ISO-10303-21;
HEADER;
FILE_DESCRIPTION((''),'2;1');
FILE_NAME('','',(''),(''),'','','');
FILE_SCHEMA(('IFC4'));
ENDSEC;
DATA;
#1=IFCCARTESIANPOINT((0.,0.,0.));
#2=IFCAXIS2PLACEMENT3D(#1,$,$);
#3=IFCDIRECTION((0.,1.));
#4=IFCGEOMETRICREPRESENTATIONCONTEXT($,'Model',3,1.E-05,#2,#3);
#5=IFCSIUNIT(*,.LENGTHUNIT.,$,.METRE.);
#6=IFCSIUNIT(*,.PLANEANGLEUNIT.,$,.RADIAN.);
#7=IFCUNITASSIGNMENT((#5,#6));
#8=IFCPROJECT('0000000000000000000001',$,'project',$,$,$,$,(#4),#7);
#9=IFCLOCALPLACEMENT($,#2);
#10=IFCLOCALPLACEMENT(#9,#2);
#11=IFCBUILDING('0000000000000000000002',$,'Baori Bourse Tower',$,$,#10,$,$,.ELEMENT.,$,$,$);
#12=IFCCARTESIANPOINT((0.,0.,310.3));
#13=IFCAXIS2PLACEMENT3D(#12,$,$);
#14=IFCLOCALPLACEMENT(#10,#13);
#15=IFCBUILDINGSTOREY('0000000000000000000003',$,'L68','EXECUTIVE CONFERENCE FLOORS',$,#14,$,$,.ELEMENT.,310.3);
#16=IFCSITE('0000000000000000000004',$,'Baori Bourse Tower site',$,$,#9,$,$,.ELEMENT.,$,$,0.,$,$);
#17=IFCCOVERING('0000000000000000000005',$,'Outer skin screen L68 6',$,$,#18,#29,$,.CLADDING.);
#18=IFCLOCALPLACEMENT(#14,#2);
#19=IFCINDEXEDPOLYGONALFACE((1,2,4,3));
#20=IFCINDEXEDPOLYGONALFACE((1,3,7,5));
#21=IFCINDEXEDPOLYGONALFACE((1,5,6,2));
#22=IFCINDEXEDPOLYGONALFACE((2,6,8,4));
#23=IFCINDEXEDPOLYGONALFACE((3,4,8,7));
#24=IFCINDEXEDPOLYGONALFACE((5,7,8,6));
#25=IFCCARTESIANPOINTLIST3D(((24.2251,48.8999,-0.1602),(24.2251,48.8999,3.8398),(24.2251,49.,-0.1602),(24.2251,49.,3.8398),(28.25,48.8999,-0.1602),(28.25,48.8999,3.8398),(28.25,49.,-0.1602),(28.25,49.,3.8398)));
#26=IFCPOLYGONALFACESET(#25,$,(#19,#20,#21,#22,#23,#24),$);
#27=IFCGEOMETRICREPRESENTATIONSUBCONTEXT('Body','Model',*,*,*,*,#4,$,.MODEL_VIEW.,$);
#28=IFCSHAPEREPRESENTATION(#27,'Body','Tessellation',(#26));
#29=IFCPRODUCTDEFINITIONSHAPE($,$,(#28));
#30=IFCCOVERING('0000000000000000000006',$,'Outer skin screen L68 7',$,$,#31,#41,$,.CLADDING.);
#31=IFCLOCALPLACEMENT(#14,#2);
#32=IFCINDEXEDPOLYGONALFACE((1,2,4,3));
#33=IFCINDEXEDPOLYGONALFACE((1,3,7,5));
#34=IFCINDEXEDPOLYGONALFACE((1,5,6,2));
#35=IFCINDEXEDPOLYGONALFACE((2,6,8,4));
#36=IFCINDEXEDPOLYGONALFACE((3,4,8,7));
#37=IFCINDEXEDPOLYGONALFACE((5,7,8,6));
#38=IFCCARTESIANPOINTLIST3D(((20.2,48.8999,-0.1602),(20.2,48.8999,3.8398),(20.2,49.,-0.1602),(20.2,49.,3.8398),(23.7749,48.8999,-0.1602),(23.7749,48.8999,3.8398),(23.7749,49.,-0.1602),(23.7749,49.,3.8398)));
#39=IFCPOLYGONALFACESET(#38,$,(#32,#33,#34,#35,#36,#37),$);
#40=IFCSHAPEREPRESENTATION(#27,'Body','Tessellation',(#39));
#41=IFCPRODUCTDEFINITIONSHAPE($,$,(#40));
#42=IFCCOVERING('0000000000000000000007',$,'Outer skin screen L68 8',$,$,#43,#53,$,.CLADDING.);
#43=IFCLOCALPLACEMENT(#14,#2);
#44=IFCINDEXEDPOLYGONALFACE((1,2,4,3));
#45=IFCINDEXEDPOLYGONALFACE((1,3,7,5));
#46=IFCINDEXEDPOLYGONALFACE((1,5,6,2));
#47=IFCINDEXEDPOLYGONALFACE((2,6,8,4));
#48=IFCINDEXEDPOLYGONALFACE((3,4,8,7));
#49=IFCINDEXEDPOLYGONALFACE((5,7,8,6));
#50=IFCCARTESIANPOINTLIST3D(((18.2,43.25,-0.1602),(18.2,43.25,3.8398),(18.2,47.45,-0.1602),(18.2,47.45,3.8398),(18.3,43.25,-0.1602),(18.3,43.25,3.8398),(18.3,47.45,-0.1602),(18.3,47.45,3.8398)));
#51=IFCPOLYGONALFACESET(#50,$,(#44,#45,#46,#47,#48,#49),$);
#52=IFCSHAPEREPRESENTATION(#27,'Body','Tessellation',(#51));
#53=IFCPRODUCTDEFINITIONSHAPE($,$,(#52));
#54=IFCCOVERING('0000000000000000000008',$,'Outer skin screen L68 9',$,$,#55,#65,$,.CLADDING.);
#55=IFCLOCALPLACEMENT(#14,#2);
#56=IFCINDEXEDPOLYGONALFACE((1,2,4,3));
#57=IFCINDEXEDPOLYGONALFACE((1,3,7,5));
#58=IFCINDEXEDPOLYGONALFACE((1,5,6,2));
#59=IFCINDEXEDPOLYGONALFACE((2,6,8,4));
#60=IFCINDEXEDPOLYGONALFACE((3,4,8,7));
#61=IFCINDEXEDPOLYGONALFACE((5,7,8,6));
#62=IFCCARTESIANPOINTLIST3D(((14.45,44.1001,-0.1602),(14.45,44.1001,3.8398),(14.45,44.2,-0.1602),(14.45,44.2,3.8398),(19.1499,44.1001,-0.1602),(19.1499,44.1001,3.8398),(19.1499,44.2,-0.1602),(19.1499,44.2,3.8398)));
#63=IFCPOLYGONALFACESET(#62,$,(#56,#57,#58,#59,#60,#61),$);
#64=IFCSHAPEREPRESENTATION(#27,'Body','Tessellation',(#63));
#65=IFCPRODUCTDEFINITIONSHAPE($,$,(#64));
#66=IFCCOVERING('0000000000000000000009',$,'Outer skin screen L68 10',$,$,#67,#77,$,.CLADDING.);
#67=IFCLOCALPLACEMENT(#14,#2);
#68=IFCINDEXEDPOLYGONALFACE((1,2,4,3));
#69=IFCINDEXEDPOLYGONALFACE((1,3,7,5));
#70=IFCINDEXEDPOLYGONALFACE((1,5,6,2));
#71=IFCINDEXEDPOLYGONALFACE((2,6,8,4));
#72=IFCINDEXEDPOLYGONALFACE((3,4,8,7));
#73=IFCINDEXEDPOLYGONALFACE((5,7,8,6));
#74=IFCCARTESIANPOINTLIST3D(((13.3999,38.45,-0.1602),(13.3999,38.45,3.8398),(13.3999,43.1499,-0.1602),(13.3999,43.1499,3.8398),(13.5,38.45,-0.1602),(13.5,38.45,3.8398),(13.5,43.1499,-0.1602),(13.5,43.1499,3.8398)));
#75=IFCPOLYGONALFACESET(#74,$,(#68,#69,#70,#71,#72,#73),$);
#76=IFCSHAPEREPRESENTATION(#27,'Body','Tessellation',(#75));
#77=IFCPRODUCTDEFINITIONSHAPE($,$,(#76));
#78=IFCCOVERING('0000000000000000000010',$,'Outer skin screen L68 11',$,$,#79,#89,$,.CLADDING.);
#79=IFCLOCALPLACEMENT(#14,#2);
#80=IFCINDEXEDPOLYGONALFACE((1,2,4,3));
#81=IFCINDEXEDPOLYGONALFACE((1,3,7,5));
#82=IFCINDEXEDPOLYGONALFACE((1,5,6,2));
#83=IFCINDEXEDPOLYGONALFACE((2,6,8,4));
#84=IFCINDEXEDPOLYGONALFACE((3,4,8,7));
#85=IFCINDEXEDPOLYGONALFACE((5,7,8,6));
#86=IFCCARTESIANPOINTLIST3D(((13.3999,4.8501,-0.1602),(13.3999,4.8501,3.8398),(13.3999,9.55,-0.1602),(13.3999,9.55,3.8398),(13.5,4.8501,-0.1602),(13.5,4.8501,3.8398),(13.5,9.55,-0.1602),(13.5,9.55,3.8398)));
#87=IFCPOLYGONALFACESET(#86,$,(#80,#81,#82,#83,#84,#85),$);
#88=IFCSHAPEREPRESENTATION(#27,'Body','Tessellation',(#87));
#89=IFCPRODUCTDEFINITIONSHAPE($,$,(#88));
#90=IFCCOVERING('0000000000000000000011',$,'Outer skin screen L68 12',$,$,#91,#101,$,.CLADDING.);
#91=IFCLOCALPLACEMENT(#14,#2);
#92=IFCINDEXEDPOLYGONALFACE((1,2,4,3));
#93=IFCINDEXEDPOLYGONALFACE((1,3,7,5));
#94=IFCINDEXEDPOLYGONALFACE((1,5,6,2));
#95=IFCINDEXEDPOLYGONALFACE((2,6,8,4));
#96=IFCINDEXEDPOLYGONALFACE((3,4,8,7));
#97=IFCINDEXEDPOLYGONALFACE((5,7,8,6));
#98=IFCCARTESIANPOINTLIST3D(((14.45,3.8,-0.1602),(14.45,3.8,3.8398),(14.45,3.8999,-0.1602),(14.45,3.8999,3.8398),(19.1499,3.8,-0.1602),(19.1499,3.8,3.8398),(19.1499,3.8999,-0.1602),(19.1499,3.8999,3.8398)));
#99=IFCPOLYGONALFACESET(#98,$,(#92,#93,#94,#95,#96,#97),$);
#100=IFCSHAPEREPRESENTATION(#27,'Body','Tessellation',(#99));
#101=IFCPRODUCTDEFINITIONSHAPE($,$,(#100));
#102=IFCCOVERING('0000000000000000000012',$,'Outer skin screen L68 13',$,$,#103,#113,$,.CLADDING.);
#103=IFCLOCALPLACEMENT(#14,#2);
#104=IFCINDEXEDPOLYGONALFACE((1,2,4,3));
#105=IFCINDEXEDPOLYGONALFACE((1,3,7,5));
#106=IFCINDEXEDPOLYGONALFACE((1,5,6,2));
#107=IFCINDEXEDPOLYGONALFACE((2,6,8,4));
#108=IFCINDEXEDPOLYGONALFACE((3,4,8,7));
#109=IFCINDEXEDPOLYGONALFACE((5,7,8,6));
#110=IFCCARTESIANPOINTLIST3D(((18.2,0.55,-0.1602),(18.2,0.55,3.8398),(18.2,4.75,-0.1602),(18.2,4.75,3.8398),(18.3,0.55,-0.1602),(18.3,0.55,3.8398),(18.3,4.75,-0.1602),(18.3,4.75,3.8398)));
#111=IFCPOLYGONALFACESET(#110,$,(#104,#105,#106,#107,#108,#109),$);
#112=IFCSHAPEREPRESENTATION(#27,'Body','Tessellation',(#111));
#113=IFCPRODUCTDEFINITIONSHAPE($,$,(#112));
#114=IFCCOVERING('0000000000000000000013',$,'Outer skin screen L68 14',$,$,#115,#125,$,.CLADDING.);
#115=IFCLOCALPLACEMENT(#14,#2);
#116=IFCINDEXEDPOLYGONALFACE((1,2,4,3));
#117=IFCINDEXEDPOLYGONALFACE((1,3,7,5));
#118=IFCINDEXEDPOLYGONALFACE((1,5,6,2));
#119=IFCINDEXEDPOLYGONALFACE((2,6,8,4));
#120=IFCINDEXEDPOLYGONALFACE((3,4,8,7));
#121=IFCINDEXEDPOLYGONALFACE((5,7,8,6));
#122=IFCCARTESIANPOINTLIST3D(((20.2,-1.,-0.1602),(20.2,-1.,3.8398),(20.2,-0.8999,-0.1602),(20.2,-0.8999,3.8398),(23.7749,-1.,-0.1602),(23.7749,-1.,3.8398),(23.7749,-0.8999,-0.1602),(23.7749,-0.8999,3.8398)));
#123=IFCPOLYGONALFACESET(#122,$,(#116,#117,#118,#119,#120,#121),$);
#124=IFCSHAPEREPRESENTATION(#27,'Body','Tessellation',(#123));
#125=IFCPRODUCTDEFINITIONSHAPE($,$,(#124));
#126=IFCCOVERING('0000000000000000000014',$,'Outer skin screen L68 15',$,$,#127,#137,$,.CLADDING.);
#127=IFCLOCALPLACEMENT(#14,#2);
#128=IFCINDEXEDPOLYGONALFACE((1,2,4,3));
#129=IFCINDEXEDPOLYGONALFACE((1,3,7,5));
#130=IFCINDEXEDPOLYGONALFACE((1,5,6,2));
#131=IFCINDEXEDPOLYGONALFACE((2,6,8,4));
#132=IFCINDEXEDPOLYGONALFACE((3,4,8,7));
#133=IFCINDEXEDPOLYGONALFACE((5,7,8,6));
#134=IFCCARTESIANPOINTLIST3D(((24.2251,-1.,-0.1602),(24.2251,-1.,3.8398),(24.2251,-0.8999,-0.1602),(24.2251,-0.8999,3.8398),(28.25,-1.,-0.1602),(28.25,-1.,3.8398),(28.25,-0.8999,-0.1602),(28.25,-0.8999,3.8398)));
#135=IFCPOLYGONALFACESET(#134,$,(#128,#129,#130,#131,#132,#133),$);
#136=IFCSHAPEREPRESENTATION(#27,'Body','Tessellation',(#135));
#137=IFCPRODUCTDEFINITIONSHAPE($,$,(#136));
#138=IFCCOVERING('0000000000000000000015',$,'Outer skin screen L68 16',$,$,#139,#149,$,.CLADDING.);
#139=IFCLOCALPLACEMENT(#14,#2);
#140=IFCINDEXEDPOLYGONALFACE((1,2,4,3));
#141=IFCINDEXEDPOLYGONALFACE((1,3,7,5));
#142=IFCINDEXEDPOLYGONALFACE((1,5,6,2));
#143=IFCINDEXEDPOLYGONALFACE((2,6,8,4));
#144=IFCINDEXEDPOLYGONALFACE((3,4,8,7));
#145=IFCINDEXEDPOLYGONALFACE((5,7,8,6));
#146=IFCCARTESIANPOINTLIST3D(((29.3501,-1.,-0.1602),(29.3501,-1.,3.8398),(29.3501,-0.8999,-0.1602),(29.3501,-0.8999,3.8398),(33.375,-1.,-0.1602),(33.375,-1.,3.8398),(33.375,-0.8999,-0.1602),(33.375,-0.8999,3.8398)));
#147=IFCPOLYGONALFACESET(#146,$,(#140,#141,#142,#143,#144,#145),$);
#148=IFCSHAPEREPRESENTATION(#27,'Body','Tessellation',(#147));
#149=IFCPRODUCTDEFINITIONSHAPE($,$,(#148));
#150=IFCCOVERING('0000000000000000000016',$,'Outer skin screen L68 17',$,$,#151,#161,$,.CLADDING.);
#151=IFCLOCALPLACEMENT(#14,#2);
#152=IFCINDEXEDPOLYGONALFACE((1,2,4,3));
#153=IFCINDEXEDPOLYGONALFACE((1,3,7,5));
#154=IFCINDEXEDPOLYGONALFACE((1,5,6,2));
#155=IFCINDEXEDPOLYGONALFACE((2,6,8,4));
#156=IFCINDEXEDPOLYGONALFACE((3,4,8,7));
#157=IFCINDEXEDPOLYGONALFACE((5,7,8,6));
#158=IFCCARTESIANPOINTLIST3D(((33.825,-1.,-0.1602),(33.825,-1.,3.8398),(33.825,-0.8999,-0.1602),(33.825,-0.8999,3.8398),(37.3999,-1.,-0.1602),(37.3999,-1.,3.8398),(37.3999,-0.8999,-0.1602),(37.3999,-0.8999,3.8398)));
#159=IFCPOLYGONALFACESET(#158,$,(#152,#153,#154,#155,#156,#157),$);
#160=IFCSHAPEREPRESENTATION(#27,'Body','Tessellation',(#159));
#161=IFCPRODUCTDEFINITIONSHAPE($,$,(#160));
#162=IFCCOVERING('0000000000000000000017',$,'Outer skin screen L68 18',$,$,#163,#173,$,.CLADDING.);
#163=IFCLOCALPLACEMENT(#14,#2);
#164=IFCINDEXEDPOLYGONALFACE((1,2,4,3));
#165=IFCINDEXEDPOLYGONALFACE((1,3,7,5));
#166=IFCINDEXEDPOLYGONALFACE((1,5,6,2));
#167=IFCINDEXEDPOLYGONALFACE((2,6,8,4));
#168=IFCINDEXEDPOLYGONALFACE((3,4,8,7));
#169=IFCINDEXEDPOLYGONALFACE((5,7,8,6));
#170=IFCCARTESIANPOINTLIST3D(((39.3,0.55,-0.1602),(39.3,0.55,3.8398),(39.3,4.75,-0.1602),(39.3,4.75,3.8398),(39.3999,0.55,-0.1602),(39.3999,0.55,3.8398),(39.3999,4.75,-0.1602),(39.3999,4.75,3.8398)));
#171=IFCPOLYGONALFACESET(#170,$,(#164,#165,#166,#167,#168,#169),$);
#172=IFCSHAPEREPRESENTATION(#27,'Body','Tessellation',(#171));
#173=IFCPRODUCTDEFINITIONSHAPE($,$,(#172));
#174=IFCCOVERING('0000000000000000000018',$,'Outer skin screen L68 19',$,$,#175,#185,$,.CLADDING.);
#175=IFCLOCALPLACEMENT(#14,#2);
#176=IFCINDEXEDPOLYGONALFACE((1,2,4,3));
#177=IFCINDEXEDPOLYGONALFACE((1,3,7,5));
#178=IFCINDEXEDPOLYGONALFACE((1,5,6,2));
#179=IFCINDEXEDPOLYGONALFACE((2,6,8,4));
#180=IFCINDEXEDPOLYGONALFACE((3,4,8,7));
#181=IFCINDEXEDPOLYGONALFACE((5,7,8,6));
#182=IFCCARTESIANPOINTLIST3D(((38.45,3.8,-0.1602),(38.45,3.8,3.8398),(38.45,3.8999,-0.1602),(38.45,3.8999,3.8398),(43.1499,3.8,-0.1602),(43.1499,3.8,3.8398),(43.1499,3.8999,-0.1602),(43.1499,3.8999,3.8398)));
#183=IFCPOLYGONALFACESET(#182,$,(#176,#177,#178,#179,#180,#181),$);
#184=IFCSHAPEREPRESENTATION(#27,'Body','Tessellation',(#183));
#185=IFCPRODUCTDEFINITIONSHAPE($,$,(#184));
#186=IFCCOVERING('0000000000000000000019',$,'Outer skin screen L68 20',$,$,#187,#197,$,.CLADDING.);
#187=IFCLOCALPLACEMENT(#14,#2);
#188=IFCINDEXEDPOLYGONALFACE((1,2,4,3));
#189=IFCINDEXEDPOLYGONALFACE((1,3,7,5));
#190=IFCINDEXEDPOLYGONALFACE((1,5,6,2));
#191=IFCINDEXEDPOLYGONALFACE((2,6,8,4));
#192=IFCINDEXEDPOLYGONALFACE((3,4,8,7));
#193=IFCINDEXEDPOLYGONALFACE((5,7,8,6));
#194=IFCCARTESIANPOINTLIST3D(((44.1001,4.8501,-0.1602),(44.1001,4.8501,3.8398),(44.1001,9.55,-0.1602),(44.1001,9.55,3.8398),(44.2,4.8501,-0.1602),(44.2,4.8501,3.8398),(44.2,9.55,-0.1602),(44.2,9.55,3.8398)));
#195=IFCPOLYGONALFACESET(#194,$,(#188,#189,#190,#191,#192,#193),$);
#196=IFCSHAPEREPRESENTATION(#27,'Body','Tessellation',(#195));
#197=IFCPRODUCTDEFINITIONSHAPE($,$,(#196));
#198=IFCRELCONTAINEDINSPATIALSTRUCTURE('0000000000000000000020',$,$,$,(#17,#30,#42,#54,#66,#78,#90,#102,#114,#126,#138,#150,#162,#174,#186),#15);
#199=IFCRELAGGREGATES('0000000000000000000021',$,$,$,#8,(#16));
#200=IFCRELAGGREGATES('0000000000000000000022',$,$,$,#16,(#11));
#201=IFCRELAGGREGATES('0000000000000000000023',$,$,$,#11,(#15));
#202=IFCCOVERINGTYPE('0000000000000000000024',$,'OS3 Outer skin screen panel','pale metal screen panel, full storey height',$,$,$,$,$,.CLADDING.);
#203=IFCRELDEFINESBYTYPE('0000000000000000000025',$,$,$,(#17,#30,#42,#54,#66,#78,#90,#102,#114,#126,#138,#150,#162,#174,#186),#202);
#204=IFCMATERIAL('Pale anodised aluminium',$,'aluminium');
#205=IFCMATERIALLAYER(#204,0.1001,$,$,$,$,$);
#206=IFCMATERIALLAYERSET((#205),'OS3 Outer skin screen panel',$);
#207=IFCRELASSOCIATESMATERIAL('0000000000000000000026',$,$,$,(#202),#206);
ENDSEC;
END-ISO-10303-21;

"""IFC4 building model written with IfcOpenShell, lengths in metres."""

from ifc_helpers import new_model, si_unit, direction, frame, origin, place, context, subcontext, project, spatial, polyline, outline, extrude, material, layer, layer_set, type_object, element, save


model = new_model("IFC4")

# Units and contexts
model_context = context("Model", 3, precision=1e-05, world=origin(), true_north=direction((0.0, 1.0)))
body_context = subcontext(model_context, "Body", "Model", "MODEL_VIEW")
ifc_project = project(units=[si_unit("LENGTHUNIT", "METRE"), si_unit("PLANEANGLEUNIT", "RADIAN")], contexts=[model_context])

# Site, building, storey
site_placement = place(None, origin())
site = spatial("IfcSite", under=ifc_project, at=site_placement, Name="Baori Bourse Tower site", CompositionType="ELEMENT", RefElevation=0.0)
building_placement = place(site_placement, origin())
building = spatial("IfcBuilding", under=site, at=building_placement, Name="Baori Bourse Tower", CompositionType="ELEMENT")
storey_placement = place(building_placement, frame((0.0, 0.0, 310.3)))
storey = spatial("IfcBuildingStorey", under=building, at=storey_placement, Name="L68", Description="EXECUTIVE CONFERENCE FLOORS", CompositionType="ELEMENT", Elevation=310.3)

# Coverings
ifc_material_1 = material(Name="Pale anodised aluminium", Category="aluminium")
ifc_layer_1 = layer(ifc_material_1, 0.1001)
ifc_layer_set_1 = layer_set([ifc_layer_1], Name="OS3 Outer skin screen panel")
covering_type = type_object("IfcCoveringType", Name="OS3 Outer skin screen panel", Description="pale metal screen panel, full storey height", PredefinedType="CLADDING", material=ifc_layer_set_1)
covering_1_placement = place(storey_placement, frame((0.0, 0.0, -0.1602)))
element("IfcCovering", 1, at=covering_1_placement, inside=storey, type_object=covering_type, Name="Outer skin screen L68 6", PredefinedType="CLADDING", context=body_context, shape_type="SweptSolid", body=[
    extrude(outline(polyline([(24.2251, 48.8999), (28.25, 48.8999), (28.25, 49.0), (24.2251, 49.0), (24.2251, 48.8999)])), origin(), (0.0, 0.0, 1.0), 4.0),
])
covering_2_placement = place(storey_placement, frame((0.0, 0.0, -0.1602)))
element("IfcCovering", 2, at=covering_2_placement, inside=storey, type_object=covering_type, Name="Outer skin screen L68 7", PredefinedType="CLADDING", context=body_context, shape_type="SweptSolid", body=[
    extrude(outline(polyline([(20.2, 48.8999), (23.7749, 48.8999), (23.7749, 49.0), (20.2, 49.0), (20.2, 48.8999)])), origin(), (0.0, 0.0, 1.0), 4.0),
])
covering_3_placement = place(storey_placement, frame((0.0, 0.0, -0.1602)))
element("IfcCovering", 3, at=covering_3_placement, inside=storey, type_object=covering_type, Name="Outer skin screen L68 8", PredefinedType="CLADDING", context=body_context, shape_type="SweptSolid", body=[
    extrude(outline(polyline([(18.3, 43.25), (18.3, 47.45), (18.2, 47.45), (18.2, 43.25), (18.3, 43.25)])), origin(), (0.0, 0.0, 1.0), 4.0),
])
covering_4_placement = place(storey_placement, frame((0.0, 0.0, -0.1602)))
element("IfcCovering", 4, at=covering_4_placement, inside=storey, type_object=covering_type, Name="Outer skin screen L68 9", PredefinedType="CLADDING", context=body_context, shape_type="SweptSolid", body=[
    extrude(outline(polyline([(14.45, 44.1001), (19.1499, 44.1001), (19.1499, 44.2), (14.45, 44.2), (14.45, 44.1001)])), origin(), (0.0, 0.0, 1.0), 4.0),
])
covering_5_placement = place(storey_placement, frame((0.0, 0.0, -0.1602)))
element("IfcCovering", 5, at=covering_5_placement, inside=storey, type_object=covering_type, Name="Outer skin screen L68 10", PredefinedType="CLADDING", context=body_context, shape_type="SweptSolid", body=[
    extrude(outline(polyline([(13.5, 38.45), (13.5, 43.1499), (13.3999, 43.1499), (13.3999, 38.45), (13.5, 38.45)])), origin(), (0.0, 0.0, 1.0), 4.0),
])
covering_6_placement = place(storey_placement, frame((0.0, 0.0, -0.1602)))
element("IfcCovering", 6, at=covering_6_placement, inside=storey, type_object=covering_type, Name="Outer skin screen L68 11", PredefinedType="CLADDING", context=body_context, shape_type="SweptSolid", body=[
    extrude(outline(polyline([(13.5, 4.8501), (13.5, 9.55), (13.3999, 9.55), (13.3999, 4.8501), (13.5, 4.8501)])), origin(), (0.0, 0.0, 1.0), 4.0),
])
covering_7_placement = place(storey_placement, frame((0.0, 0.0, -0.1602)))
element("IfcCovering", 7, at=covering_7_placement, inside=storey, type_object=covering_type, Name="Outer skin screen L68 12", PredefinedType="CLADDING", context=body_context, shape_type="SweptSolid", body=[
    extrude(outline(polyline([(19.1499, 3.8999), (14.45, 3.8999), (14.45, 3.8), (19.1499, 3.8), (19.1499, 3.8999)])), origin(), (0.0, 0.0, 1.0), 4.0),
])
covering_8_placement = place(storey_placement, frame((0.0, 0.0, -0.1602)))
element("IfcCovering", 8, at=covering_8_placement, inside=storey, type_object=covering_type, Name="Outer skin screen L68 13", PredefinedType="CLADDING", context=body_context, shape_type="SweptSolid", body=[
    extrude(outline(polyline([(18.3, 0.55), (18.3, 4.75), (18.2, 4.75), (18.2, 0.55), (18.3, 0.55)])), origin(), (0.0, 0.0, 1.0), 4.0),
])
covering_9_placement = place(storey_placement, frame((0.0, 0.0, -0.1602)))
element("IfcCovering", 9, at=covering_9_placement, inside=storey, type_object=covering_type, Name="Outer skin screen L68 14", PredefinedType="CLADDING", context=body_context, shape_type="SweptSolid", body=[
    extrude(outline(polyline([(23.7749, -0.8999), (20.2, -0.8999), (20.2, -1.0), (23.7749, -1.0), (23.7749, -0.8999)])), origin(), (0.0, 0.0, 1.0), 4.0),
])
covering_10_placement = place(storey_placement, frame((0.0, 0.0, -0.1602)))
element("IfcCovering", 10, at=covering_10_placement, inside=storey, type_object=covering_type, Name="Outer skin screen L68 15", PredefinedType="CLADDING", context=body_context, shape_type="SweptSolid", body=[
    extrude(outline(polyline([(28.25, -0.8999), (24.2251, -0.8999), (24.2251, -1.0), (28.25, -1.0), (28.25, -0.8999)])), origin(), (0.0, 0.0, 1.0), 4.0),
])
covering_11_placement = place(storey_placement, frame((0.0, 0.0, -0.1602)))
element("IfcCovering", 11, at=covering_11_placement, inside=storey, type_object=covering_type, Name="Outer skin screen L68 16", PredefinedType="CLADDING", context=body_context, shape_type="SweptSolid", body=[
    extrude(outline(polyline([(33.375, -0.8999), (29.3501, -0.8999), (29.3501, -1.0), (33.375, -1.0), (33.375, -0.8999)])), origin(), (0.0, 0.0, 1.0), 4.0),
])
covering_12_placement = place(storey_placement, frame((0.0, 0.0, -0.1602)))
element("IfcCovering", 12, at=covering_12_placement, inside=storey, type_object=covering_type, Name="Outer skin screen L68 17", PredefinedType="CLADDING", context=body_context, shape_type="SweptSolid", body=[
    extrude(outline(polyline([(37.3999, -0.8999), (33.825, -0.8999), (33.825, -1.0), (37.3999, -1.0), (37.3999, -0.8999)])), origin(), (0.0, 0.0, 1.0), 4.0),
])
covering_13_placement = place(storey_placement, frame((0.0, 0.0, -0.1602)))
element("IfcCovering", 13, at=covering_13_placement, inside=storey, type_object=covering_type, Name="Outer skin screen L68 18", PredefinedType="CLADDING", context=body_context, shape_type="SweptSolid", body=[
    extrude(outline(polyline([(39.3, 4.75), (39.3, 0.55), (39.3999, 0.55), (39.3999, 4.75), (39.3, 4.75)])), origin(), (0.0, 0.0, 1.0), 4.0),
])
covering_14_placement = place(storey_placement, frame((0.0, 0.0, -0.1602)))
element("IfcCovering", 14, at=covering_14_placement, inside=storey, type_object=covering_type, Name="Outer skin screen L68 19", PredefinedType="CLADDING", context=body_context, shape_type="SweptSolid", body=[
    extrude(outline(polyline([(43.1499, 3.8999), (38.45, 3.8999), (38.45, 3.8), (43.1499, 3.8), (43.1499, 3.8999)])), origin(), (0.0, 0.0, 1.0), 4.0),
])
covering_15_placement = place(storey_placement, frame((0.0, 0.0, -0.1602)))
element("IfcCovering", 15, at=covering_15_placement, inside=storey, type_object=covering_type, Name="Outer skin screen L68 20", PredefinedType="CLADDING", context=body_context, shape_type="SweptSolid", body=[
    extrude(outline(polyline([(44.1001, 9.55), (44.1001, 4.8501), (44.2, 4.8501), (44.2, 9.55), (44.1001, 9.55)])), origin(), (0.0, 0.0, 1.0), 4.0),
])

save(model, "model.ifc")
